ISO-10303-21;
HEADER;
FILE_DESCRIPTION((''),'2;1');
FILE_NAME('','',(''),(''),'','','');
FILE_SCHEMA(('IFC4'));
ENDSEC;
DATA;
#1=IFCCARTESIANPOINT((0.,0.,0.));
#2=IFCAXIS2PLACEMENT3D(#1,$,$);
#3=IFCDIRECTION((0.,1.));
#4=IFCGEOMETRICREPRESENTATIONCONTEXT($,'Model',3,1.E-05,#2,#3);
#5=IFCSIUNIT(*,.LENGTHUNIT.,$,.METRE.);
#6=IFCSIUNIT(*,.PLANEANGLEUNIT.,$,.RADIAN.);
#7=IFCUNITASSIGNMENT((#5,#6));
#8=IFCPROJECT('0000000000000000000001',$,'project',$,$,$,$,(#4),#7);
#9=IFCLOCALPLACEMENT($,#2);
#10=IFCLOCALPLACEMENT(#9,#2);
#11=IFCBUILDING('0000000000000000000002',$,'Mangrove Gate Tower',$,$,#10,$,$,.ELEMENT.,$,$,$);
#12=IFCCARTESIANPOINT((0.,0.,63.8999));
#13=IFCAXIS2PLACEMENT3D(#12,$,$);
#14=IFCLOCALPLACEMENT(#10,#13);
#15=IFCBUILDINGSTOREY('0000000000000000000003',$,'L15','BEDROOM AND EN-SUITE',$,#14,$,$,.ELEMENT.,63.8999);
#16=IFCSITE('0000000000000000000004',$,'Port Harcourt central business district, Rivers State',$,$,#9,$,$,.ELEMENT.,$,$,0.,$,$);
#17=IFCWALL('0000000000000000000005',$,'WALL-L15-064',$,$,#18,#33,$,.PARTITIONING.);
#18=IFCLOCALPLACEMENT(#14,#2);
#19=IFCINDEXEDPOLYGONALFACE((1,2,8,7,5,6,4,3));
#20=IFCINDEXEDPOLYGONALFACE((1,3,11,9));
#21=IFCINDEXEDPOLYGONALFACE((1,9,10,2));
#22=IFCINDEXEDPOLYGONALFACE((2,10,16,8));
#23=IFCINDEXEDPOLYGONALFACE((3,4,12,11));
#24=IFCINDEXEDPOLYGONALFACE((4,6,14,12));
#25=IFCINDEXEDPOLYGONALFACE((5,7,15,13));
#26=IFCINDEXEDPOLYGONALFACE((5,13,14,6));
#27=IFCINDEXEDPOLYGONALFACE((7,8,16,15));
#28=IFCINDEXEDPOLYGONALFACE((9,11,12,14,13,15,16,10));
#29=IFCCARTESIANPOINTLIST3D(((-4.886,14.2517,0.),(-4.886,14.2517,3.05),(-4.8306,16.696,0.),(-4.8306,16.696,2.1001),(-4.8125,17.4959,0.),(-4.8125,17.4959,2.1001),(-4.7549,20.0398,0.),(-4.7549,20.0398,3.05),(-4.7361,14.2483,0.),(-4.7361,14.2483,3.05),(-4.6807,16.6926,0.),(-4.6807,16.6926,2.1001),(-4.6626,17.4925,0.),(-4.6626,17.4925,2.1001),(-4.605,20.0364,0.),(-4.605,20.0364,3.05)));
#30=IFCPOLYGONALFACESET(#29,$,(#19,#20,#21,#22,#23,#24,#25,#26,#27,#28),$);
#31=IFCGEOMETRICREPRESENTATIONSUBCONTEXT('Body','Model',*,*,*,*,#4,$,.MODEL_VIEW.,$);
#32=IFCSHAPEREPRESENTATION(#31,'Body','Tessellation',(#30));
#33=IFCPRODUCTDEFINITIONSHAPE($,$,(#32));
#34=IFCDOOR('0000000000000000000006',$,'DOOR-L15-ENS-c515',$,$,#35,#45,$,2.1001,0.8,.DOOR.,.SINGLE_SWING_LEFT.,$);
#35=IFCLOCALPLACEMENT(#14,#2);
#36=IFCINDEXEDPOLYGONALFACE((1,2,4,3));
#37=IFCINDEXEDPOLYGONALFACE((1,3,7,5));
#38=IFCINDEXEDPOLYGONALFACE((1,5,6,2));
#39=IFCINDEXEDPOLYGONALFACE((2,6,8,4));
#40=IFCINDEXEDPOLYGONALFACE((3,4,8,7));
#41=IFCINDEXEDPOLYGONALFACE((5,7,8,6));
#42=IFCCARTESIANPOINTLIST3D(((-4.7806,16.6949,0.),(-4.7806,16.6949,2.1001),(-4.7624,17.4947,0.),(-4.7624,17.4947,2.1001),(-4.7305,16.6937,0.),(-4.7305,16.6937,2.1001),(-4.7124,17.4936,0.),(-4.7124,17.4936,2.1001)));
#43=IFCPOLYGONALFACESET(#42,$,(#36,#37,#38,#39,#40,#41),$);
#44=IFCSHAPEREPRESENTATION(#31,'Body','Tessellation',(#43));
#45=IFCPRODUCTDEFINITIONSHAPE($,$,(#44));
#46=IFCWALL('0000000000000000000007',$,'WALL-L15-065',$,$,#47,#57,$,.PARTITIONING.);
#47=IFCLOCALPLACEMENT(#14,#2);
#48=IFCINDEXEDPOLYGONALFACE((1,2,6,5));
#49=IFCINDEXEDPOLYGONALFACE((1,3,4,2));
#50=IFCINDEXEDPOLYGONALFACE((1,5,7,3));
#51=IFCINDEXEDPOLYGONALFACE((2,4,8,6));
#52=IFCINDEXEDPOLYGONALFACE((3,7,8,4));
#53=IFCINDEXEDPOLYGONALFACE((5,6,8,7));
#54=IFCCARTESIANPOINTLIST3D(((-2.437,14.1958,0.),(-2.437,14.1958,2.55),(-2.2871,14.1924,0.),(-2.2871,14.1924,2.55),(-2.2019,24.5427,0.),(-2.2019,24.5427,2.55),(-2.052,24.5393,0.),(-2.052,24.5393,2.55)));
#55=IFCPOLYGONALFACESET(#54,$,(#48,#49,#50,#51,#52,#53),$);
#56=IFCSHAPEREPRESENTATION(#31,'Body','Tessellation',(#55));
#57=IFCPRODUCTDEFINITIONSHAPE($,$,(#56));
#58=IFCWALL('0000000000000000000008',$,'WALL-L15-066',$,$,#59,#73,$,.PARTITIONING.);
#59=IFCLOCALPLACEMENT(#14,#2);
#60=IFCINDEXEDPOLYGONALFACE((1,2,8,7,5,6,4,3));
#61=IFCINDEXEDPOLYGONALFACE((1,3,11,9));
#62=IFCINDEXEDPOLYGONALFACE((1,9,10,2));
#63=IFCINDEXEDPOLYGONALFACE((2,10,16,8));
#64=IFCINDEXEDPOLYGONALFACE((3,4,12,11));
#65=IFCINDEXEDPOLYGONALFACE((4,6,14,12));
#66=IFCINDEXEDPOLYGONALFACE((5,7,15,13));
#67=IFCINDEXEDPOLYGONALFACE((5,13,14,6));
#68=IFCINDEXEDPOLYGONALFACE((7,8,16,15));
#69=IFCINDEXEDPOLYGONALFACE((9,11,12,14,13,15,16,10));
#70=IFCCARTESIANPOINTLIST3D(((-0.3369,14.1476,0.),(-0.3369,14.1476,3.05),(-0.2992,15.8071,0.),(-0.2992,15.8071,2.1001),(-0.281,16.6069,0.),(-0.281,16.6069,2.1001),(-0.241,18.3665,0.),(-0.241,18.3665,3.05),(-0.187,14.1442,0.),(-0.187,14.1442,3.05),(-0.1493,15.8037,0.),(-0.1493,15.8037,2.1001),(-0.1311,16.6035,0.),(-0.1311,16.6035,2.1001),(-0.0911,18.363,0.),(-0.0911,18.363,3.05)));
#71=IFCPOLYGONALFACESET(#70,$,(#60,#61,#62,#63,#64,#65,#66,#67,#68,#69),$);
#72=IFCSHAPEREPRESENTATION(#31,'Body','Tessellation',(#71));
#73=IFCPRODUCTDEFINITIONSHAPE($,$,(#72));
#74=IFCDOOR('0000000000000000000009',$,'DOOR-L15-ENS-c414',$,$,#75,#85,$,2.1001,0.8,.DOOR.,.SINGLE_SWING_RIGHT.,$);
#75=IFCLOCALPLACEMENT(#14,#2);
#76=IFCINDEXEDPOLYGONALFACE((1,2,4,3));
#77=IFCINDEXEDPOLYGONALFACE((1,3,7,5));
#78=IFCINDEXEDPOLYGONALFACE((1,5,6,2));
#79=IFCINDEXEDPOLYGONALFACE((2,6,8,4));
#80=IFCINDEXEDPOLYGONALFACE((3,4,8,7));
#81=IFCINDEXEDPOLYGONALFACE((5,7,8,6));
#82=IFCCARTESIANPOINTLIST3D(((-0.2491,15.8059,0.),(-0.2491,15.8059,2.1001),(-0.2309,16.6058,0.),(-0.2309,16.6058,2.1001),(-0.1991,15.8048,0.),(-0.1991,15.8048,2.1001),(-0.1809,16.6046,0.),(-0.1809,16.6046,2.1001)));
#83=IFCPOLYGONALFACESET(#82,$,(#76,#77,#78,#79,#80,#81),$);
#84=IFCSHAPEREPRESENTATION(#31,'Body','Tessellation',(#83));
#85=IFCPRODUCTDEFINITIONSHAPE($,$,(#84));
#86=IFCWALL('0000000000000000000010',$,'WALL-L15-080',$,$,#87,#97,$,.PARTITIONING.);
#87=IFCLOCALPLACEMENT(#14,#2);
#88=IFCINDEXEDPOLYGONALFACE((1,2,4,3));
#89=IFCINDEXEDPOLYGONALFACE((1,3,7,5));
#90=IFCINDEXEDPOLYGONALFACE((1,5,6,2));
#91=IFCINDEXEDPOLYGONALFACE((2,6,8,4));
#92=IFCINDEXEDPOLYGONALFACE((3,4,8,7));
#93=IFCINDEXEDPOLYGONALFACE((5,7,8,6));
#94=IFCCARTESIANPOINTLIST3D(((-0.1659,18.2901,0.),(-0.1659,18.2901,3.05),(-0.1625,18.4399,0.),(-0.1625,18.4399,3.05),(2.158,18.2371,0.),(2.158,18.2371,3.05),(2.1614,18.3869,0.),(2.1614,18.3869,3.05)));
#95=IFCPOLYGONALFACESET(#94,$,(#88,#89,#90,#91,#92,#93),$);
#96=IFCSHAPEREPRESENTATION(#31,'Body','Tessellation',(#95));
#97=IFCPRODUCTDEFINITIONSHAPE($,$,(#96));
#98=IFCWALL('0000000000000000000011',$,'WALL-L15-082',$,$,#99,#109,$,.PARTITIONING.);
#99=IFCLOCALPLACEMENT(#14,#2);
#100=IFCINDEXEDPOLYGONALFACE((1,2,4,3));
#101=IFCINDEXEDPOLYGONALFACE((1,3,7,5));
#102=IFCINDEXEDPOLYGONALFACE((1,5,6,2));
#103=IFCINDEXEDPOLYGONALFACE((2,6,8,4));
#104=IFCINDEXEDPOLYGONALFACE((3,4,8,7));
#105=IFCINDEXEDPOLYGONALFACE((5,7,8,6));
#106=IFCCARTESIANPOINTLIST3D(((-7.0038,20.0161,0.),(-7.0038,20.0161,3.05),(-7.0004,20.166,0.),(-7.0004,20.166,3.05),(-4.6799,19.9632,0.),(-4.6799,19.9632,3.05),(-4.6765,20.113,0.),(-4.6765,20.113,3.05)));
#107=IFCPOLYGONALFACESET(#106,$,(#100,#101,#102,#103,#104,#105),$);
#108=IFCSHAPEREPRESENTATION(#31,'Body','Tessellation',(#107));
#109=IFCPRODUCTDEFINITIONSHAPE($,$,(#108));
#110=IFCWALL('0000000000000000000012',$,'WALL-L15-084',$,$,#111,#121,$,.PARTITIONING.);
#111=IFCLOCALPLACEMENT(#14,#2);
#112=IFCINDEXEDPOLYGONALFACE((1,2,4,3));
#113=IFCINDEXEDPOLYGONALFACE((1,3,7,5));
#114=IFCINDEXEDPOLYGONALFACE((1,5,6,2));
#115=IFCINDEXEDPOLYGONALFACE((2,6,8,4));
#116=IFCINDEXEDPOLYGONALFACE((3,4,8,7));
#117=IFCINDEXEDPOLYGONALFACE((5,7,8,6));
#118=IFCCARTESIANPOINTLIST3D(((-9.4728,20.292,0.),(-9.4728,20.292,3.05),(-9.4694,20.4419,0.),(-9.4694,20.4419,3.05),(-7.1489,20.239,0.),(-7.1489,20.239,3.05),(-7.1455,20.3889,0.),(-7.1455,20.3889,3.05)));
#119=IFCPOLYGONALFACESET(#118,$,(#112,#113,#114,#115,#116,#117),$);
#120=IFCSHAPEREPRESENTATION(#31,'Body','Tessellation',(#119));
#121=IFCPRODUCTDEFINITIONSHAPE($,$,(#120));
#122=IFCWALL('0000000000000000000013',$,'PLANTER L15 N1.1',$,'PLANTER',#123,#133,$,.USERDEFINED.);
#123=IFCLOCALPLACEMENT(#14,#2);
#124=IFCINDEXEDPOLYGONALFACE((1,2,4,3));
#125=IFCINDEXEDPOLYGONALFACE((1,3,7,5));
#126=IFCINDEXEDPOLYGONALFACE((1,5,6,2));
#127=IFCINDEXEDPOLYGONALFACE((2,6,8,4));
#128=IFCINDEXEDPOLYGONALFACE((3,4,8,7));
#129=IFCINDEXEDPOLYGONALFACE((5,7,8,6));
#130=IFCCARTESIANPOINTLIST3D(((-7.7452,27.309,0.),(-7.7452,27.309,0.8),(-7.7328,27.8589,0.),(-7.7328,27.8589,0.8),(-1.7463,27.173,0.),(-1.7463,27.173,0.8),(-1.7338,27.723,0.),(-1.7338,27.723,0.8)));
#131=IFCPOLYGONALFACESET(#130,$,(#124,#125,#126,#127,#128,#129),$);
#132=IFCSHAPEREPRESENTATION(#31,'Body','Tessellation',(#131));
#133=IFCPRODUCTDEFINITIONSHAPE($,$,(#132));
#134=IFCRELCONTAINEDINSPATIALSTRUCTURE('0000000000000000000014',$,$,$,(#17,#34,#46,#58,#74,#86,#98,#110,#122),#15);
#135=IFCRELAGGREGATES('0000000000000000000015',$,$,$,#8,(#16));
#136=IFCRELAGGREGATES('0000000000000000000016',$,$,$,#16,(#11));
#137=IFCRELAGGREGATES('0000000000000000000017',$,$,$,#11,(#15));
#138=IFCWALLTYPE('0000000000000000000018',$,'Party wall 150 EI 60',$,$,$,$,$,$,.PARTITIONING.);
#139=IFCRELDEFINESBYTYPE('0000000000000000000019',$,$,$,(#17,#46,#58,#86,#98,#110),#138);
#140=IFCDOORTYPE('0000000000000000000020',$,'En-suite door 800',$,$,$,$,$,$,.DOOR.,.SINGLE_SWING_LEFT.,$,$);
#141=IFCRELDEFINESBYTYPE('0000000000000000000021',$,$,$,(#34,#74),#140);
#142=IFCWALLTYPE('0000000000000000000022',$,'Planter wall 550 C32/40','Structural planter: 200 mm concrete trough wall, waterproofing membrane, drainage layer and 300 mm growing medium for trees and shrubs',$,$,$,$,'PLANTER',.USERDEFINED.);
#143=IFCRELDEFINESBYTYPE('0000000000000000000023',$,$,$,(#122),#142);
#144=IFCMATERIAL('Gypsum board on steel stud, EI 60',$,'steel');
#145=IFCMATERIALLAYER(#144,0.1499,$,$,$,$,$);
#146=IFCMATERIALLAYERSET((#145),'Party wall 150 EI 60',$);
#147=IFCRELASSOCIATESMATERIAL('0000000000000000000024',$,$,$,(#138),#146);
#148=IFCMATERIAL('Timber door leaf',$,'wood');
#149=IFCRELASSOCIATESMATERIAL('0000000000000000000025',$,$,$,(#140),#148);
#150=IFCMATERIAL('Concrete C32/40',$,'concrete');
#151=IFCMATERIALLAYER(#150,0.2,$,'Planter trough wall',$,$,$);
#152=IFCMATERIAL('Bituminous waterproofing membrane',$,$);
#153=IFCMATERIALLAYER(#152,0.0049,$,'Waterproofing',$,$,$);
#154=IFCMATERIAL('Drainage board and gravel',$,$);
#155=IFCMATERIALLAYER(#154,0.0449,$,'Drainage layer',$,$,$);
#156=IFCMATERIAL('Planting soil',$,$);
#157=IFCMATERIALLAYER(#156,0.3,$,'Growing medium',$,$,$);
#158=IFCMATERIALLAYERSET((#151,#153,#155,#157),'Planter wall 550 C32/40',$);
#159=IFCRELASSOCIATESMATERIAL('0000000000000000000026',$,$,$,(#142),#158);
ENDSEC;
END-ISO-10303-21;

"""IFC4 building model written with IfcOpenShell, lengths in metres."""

from ifc_helpers import new_model, si_unit, direction, frame, frame_2d, origin, place, context, subcontext, project, spatial, rectangle, extrude, material, layer, layer_set, type_object, element, fill, save


model = new_model("IFC4")

# Units and contexts
model_context = context("Model", 3, precision=1e-05, world=origin(), true_north=direction((0.0, 1.0)))
body_context = subcontext(model_context, "Body", "Model", "MODEL_VIEW")
ifc_project = project(units=[si_unit("LENGTHUNIT", "METRE"), si_unit("PLANEANGLEUNIT", "RADIAN")], contexts=[model_context])

# Site, building, storey
site_placement = place(None, origin())
site = spatial("IfcSite", under=ifc_project, at=site_placement, Name="Port Harcourt central business district, Rivers State", CompositionType="ELEMENT", RefElevation=0.0)
building_placement = place(site_placement, origin())
building = spatial("IfcBuilding", under=site, at=building_placement, Name="Mangrove Gate Tower", CompositionType="ELEMENT")
storey_placement = place(building_placement, frame((0.0, 0.0, 63.8999)))
storey = spatial("IfcBuildingStorey", under=building, at=storey_placement, Name="L15", Description="BEDROOM AND EN-SUITE", CompositionType="ELEMENT", Elevation=63.8999)

# Shared definitions
ifc_material_1 = material(Name="Gypsum board on steel stud, EI 60", Category="steel")
ifc_layer_1 = layer(ifc_material_1, 0.1499)
ifc_layer_set_1 = layer_set([ifc_layer_1], Name="Party wall 150 EI 60")
wall_type_1 = type_object("IfcWallType", Name="Party wall 150 EI 60", PredefinedType="PARTITIONING", material=ifc_layer_set_1)
ifc_material_2 = material(Name="Timber door leaf", Category="wood")
door_type = type_object("IfcDoorType", Name="En-suite door 800", OperationType="SINGLE_SWING_LEFT", PredefinedType="DOOR", material=ifc_material_2)

# Wall, opening, door
wall_1_placement = place(storey_placement, frame((-4.811, 14.25, 0.0), z_axis=(0.0, 0.0, 1.0), x_axis=(0.022645, 0.999744, 0.0)))
wall_1 = element("IfcWall", 1, at=wall_1_placement, inside=storey, type_object=wall_type_1, Name="WALL-L15-064", PredefinedType="PARTITIONING", context=body_context, shape_type="SweptSolid", body=[
    extrude(rectangle(XDim=5.7896, YDim=0.1499, at=frame_2d((2.8948, 0.0))), origin(), (0.0, 0.0, 1.0), 3.05),
])
opening_1_placement = place(wall_1_placement, frame((2.4451, 0.0, 0.0)))
opening_1 = element("IfcOpeningElement", 2, at=opening_1_placement, cuts=wall_1, PredefinedType="OPENING", context=body_context, shape_type="SweptSolid", body=[
    extrude(rectangle(XDim=0.8, YDim=2.1001, at=frame_2d((0.3999, 1.05))), frame((0.0, 0.085, 0.0), z_axis=(0.0, -1.0, 0.0), x_axis=(1.0, 0.0, 0.0)), (0.0, 0.0, 1.0), 0.1699),
])
door_1_placement = place(opening_1_placement, origin())
door_1 = element("IfcDoor", 3, at=door_1_placement, inside=storey, type_object=door_type, Name="DOOR-L15-ENS-c515", OperationType="SINGLE_SWING_LEFT", OverallHeight=2.1001, OverallWidth=0.8, PredefinedType="DOOR", context=body_context, shape_type="SweptSolid", body=[
    extrude(rectangle(XDim=0.8, YDim=2.1001, at=frame_2d((0.3999, 1.05))), frame((0.0, 0.0249, 0.0), z_axis=(0.0, -1.0, 0.0), x_axis=(1.0, 0.0, 0.0)), (0.0, 0.0, 1.0), 0.05),
])
fill(opening_1, door_1)

# Wall
wall_2_placement = place(storey_placement, frame((-2.3621, 14.1941, 0.0), z_axis=(0.0, 0.0, 1.0), x_axis=(0.022717, 0.999742, 0.0)))
element("IfcWall", 4, at=wall_2_placement, inside=storey, type_object=wall_type_1, Name="WALL-L15-065", PredefinedType="PARTITIONING", context=body_context, shape_type="SweptSolid", body=[
    extrude(rectangle(XDim=10.3496, YDim=0.1499, at=frame_2d((5.1748, 0.0))), origin(), (0.0, 0.0, 1.0), 2.55),
])

# Wall, opening, door
wall_3_placement = place(storey_placement, frame((-0.262, 14.146, 0.0), z_axis=(0.0, 0.0, 1.0), x_axis=(0.022736, 0.999742, 0.0)))
wall_3 = element("IfcWall", 5, at=wall_3_placement, inside=storey, type_object=wall_type_1, Name="WALL-L15-066", PredefinedType="PARTITIONING", context=body_context, shape_type="SweptSolid", body=[
    extrude(rectangle(XDim=4.22, YDim=0.1499, at=frame_2d((2.1099, 0.0))), origin(), (0.0, 0.0, 1.0), 3.05),
])
opening_2_placement = place(wall_3_placement, frame((1.6599, 0.0, 0.0)))
opening_2 = element("IfcOpeningElement", 6, at=opening_2_placement, cuts=wall_3, PredefinedType="OPENING", context=body_context, shape_type="SweptSolid", body=[
    extrude(rectangle(XDim=0.8, YDim=2.1001, at=frame_2d((0.3999, 1.05))), frame((0.0, 0.085, 0.0), z_axis=(0.0, -1.0, 0.0), x_axis=(1.0, 0.0, 0.0)), (0.0, 0.0, 1.0), 0.1699),
])
door_2_placement = place(opening_2_placement, origin())
door_2 = element("IfcDoor", 7, at=door_2_placement, inside=storey, type_object=door_type, Name="DOOR-L15-ENS-c414", OperationType="SINGLE_SWING_RIGHT", OverallHeight=2.1001, OverallWidth=0.8, PredefinedType="DOOR", context=body_context, shape_type="SweptSolid", body=[
    extrude(rectangle(XDim=0.8, YDim=2.1001, at=frame_2d((0.3999, 1.05))), frame((0.0, 0.0249, 0.0), z_axis=(0.0, -1.0, 0.0), x_axis=(1.0, 0.0, 0.0)), (0.0, 0.0, 1.0), 0.05),
])
fill(opening_2, door_2)

# Walls
for number, where, z_axis, x_axis, name in (
    (8, (-0.1641, 18.365, 0.0), (0.0, 0.0, 1.0), (0.99974, -0.022791, 0.0), "WALL-L15-080"),
    (9, (-7.002, 20.0911, 0.0), (0.0, 0.0, 1.0), (0.99974, -0.022791, 0.0), "WALL-L15-082"),
    (10, (-9.4709, 20.3669, 0.0), (0.0, 0.0, 1.0), (0.99974, -0.022791, 0.0), "WALL-L15-084"),
):
    element("IfcWall", number, at=place(storey_placement, frame(where, z_axis=z_axis, x_axis=x_axis)), inside=storey, type_object=wall_type_1, Name=name, PredefinedType="PARTITIONING", context=body_context, shape_type="SweptSolid", body=[
        extrude(rectangle(XDim=2.3245, YDim=0.1499, at=frame_2d((1.1621, 0.0))), origin(), (0.0, 0.0, 1.0), 3.05),
    ])
ifc_material_3 = material(Name="Concrete C32/40", Category="concrete")
ifc_layer_2 = layer(ifc_material_3, 0.2, Name="Planter trough wall")
ifc_material_4 = material(Name="Bituminous waterproofing membrane")
ifc_layer_3 = layer(ifc_material_4, 0.0049, Name="Waterproofing")
ifc_material_5 = material(Name="Drainage board and gravel")
ifc_layer_4 = layer(ifc_material_5, 0.0449, Name="Drainage layer")
ifc_material_6 = material(Name="Planting soil")
ifc_layer_5 = layer(ifc_material_6, 0.3, Name="Growing medium")
ifc_layer_set_2 = layer_set([ifc_layer_2, ifc_layer_3, ifc_layer_4, ifc_layer_5], Name="Planter wall 550 C32/40")
wall_type_2 = type_object("IfcWallType", Name="Planter wall 550 C32/40", Description="Structural planter: 200 mm concrete trough wall, waterproofing membrane, drainage layer and 300 mm growing medium for trees and shrubs", ElementType="PLANTER", PredefinedType="USERDEFINED", material=ifc_layer_set_2)
wall_4_placement = place(storey_placement, frame((-7.739, 27.584, 0.0), z_axis=(0.0, 0.0, 1.0), x_axis=(0.999743, -0.022662, 0.0)))
element("IfcWall", 11, at=wall_4_placement, inside=storey, type_object=wall_type_2, Name="PLANTER L15 N1.1", ObjectType="PLANTER", PredefinedType="USERDEFINED", context=body_context, shape_type="SweptSolid", body=[
    extrude(rectangle(XDim=6.0005, YDim=0.55, at=frame_2d((3.0002, 0.0))), origin(), (0.0, 0.0, 1.0), 0.8),
])

save(model, "model.ifc")
